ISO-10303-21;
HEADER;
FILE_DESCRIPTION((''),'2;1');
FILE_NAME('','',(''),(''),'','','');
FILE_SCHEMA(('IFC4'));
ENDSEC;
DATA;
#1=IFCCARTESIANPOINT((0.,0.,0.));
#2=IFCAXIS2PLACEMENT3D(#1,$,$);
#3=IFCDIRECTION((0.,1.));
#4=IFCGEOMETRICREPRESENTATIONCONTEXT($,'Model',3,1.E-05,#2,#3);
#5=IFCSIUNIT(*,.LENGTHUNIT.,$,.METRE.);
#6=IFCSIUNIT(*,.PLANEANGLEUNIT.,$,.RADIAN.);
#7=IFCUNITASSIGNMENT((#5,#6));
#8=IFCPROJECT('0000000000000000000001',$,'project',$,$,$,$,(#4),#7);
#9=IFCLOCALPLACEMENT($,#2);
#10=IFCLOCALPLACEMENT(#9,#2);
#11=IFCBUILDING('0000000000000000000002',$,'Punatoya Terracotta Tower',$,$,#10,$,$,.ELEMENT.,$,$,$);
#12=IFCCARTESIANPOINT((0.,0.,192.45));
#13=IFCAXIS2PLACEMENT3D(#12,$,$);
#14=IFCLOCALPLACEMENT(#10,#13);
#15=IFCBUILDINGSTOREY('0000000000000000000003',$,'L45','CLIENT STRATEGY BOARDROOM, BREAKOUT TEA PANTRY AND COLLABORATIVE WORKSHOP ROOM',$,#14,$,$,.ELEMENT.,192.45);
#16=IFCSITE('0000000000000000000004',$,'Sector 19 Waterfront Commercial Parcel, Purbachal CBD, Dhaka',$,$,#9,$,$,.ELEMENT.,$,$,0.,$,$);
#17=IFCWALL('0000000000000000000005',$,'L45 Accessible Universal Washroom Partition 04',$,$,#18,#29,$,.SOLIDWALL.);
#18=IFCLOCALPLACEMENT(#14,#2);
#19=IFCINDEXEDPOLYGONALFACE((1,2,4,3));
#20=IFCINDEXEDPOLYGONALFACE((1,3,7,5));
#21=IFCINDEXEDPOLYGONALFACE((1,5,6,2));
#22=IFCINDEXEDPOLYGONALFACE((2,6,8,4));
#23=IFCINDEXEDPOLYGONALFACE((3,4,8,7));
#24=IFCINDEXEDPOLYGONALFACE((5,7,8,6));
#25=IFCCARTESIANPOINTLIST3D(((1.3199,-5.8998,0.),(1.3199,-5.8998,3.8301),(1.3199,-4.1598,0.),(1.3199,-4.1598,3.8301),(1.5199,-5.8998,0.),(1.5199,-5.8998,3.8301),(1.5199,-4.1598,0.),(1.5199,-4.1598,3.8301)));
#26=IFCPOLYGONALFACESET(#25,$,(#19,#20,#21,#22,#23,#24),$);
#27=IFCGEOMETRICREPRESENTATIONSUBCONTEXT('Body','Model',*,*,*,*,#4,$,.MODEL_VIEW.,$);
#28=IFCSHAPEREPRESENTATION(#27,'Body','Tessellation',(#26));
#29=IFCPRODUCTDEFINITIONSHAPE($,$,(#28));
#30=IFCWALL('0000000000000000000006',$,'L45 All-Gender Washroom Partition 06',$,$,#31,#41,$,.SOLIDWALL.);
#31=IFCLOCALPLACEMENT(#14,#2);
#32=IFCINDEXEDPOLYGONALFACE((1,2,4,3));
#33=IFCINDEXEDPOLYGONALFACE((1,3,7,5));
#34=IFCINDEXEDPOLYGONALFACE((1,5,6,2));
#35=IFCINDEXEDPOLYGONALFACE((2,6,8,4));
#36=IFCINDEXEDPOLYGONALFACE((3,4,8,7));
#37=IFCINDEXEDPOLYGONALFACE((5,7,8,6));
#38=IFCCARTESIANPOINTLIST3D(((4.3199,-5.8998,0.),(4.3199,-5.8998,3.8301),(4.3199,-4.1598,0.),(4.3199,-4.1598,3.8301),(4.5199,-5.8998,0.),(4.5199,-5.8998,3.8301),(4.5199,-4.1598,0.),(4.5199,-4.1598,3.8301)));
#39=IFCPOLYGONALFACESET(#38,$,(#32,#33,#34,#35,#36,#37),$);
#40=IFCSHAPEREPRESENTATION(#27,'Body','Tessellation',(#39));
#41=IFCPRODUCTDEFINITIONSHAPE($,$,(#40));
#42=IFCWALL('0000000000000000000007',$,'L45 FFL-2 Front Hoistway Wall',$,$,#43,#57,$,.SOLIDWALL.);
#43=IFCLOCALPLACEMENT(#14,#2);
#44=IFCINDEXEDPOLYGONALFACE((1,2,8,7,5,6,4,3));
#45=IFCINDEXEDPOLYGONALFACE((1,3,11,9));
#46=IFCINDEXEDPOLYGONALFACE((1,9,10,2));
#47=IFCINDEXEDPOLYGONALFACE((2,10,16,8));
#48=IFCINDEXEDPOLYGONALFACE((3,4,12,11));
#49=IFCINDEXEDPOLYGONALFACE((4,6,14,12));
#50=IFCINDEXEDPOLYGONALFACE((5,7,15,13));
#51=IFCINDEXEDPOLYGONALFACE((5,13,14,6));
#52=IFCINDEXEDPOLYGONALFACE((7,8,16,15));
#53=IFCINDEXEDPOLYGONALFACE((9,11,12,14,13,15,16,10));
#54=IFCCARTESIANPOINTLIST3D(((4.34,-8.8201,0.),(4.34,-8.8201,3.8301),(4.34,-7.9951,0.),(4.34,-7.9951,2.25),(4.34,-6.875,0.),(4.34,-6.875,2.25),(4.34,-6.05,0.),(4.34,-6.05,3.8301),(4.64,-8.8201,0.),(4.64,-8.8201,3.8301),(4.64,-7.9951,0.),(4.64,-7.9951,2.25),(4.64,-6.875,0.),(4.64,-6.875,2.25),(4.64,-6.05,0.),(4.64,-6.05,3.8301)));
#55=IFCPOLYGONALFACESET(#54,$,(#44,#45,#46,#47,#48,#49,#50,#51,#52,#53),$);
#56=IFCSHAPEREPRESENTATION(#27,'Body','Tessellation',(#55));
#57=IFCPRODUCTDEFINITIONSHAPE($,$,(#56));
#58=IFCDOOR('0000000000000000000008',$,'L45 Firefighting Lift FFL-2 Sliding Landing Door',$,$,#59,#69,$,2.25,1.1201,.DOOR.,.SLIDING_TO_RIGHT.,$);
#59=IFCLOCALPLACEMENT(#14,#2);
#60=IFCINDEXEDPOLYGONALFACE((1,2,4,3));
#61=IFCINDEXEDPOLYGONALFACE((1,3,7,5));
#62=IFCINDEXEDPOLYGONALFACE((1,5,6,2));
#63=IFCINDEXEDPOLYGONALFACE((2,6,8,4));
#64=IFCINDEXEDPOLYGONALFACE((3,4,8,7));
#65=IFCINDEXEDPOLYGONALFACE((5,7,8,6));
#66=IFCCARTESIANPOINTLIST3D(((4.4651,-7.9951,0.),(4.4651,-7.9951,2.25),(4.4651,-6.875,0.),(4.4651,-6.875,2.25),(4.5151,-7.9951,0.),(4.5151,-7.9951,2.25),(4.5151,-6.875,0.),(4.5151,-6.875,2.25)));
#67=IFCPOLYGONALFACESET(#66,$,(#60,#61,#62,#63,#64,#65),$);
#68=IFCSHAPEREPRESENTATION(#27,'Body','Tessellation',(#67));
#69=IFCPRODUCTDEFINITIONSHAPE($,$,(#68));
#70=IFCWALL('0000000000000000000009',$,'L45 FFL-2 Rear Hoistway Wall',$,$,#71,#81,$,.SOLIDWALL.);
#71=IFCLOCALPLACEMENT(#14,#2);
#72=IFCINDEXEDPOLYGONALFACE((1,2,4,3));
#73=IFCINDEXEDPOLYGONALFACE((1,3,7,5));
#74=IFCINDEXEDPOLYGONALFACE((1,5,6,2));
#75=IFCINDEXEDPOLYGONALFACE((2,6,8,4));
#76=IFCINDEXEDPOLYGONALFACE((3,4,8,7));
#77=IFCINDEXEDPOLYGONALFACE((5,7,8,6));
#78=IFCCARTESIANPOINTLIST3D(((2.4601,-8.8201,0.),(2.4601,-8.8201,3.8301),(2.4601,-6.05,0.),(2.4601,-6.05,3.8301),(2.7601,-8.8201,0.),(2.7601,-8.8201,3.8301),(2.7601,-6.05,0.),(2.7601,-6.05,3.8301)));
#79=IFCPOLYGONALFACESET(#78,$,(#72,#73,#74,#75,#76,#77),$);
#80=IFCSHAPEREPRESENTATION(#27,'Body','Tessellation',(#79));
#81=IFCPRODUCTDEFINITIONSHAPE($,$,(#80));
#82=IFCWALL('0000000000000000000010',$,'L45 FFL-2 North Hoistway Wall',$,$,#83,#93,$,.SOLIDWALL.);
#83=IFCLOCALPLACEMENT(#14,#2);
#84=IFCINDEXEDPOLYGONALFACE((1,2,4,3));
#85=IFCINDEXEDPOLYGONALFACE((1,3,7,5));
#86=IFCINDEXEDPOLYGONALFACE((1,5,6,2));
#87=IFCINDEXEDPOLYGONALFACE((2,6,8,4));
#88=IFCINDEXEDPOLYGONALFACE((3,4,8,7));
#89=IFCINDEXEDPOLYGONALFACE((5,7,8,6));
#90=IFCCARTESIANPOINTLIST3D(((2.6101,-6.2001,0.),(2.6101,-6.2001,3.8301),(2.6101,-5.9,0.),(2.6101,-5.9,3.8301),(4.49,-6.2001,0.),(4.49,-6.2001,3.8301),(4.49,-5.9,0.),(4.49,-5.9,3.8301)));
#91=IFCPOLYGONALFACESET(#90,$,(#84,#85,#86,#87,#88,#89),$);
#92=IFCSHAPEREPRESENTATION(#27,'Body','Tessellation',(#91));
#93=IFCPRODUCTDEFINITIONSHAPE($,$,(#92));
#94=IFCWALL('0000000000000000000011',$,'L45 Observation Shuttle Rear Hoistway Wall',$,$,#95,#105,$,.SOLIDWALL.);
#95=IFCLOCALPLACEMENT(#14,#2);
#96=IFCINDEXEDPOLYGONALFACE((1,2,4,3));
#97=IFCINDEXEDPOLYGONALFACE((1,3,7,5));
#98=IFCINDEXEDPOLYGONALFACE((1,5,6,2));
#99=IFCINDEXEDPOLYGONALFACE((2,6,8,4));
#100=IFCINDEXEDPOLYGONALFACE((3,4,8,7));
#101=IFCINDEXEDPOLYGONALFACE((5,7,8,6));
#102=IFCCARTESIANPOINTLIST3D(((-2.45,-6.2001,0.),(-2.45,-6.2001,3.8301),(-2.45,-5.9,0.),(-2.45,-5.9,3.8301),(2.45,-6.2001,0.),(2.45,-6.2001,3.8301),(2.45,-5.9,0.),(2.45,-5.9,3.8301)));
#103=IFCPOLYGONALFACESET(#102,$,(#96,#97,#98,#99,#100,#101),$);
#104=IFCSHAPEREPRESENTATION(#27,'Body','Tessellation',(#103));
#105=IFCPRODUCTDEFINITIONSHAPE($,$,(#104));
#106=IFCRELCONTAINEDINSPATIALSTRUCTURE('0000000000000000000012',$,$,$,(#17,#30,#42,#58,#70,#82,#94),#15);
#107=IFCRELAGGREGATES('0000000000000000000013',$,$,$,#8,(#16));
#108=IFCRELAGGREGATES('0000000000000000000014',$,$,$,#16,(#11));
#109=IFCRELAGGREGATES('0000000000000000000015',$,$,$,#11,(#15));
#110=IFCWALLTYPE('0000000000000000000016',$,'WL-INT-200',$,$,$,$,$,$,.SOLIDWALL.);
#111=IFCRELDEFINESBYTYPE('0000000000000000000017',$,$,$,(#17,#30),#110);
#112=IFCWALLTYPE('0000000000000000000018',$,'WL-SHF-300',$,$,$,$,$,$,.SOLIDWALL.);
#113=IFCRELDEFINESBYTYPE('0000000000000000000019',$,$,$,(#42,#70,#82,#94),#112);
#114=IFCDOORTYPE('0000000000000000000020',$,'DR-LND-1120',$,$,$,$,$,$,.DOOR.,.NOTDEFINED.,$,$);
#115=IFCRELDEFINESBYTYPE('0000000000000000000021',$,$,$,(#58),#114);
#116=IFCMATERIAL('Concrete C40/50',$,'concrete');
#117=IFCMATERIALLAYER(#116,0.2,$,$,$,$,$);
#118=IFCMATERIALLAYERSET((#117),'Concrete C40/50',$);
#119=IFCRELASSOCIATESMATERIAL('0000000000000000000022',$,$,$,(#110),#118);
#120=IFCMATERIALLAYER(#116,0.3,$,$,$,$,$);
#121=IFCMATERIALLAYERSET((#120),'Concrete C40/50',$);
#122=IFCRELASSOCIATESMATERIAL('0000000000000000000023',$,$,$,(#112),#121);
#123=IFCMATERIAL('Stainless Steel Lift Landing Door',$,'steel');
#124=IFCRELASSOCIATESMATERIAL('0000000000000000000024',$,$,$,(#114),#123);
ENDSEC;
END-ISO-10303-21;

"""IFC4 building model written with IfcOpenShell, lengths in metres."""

from ifc_helpers import new_model, si_unit, direction, frame, frame_2d, origin, place, context, subcontext, project, spatial, rectangle, extrude, material, layer, layer_set, type_object, element, fill, save


model = new_model("IFC4")

# Units and contexts
model_context = context("Model", 3, precision=1e-05, world=origin(), true_north=direction((0.0, 1.0)))
body_context = subcontext(model_context, "Body", "Model", "MODEL_VIEW")
ifc_project = project(units=[si_unit("LENGTHUNIT", "METRE"), si_unit("PLANEANGLEUNIT", "RADIAN")], contexts=[model_context])

# Site, building, storey
site_placement = place(None, origin())
site = spatial("IfcSite", under=ifc_project, at=site_placement, Name="Sector 19 Waterfront Commercial Parcel, Purbachal CBD, Dhaka", CompositionType="ELEMENT", RefElevation=0.0)
building_placement = place(site_placement, origin())
building = spatial("IfcBuilding", under=site, at=building_placement, Name="Punatoya Terracotta Tower", CompositionType="ELEMENT")
storey_placement = place(building_placement, frame((0.0, 0.0, 192.45)))
storey = spatial("IfcBuildingStorey", under=building, at=storey_placement, Name="L45", Description="CLIENT STRATEGY BOARDROOM, BREAKOUT TEA PANTRY AND COLLABORATIVE WORKSHOP ROOM", CompositionType="ELEMENT", Elevation=192.45)

# Walls
ifc_material_1 = material(Name="Concrete C40/50", Category="concrete")
ifc_layer_1 = layer(ifc_material_1, 0.2)
ifc_layer_set_1 = layer_set([ifc_layer_1], Name="Concrete C40/50")
wall_type_1 = type_object("IfcWallType", Name="WL-INT-200", PredefinedType="SOLIDWALL", material=ifc_layer_set_1)
for number, where, z_axis, x_axis, name in (
    (1, (1.4199, -5.8999, 0.0), (0.0, 0.0, 1.0), (0.0, 1.0, 0.0), "L45 Accessible Universal Washroom Partition 04"),
    (2, (4.4199, -5.8999, 0.0), (0.0, 0.0, 1.0), (0.0, 1.0, 0.0), "L45 All-Gender Washroom Partition 06"),
):
    element("IfcWall", number, at=place(storey_placement, frame(where, z_axis=z_axis, x_axis=x_axis)), inside=storey, type_object=wall_type_1, Name=name, PredefinedType="SOLIDWALL", context=body_context, shape_type="SweptSolid", body=[
        extrude(rectangle(XDim=1.74, YDim=0.2, at=frame_2d((0.8701, 0.0))), origin(), (0.0, 0.0, 1.0), 3.8301),
    ])

# Wall, opening, door
ifc_layer_2 = layer(ifc_material_1, 0.3)
ifc_layer_set_2 = layer_set([ifc_layer_2], Name="Concrete C40/50")
wall_type_2 = type_object("IfcWallType", Name="WL-SHF-300", PredefinedType="SOLIDWALL", material=ifc_layer_set_2)
wall_1_placement = place(storey_placement, frame((4.49, -8.8201, 0.0), z_axis=(0.0, 0.0, 1.0), x_axis=(0.0, 1.0, 0.0)))
wall_1 = element("IfcWall", 3, at=wall_1_placement, inside=storey, type_object=wall_type_2, Name="L45 FFL-2 Front Hoistway Wall", PredefinedType="SOLIDWALL", context=body_context, shape_type="SweptSolid", body=[
    extrude(rectangle(XDim=2.77, YDim=0.3, at=frame_2d((1.385, 0.0))), origin(), (0.0, 0.0, 1.0), 3.8301),
])
opening_1_placement = place(wall_1_placement, frame((0.825, 0.0, 0.0)))
opening_1 = element("IfcOpeningElement", 4, at=opening_1_placement, cuts=wall_1, PredefinedType="OPENING", context=body_context, shape_type="SweptSolid", body=[
    extrude(rectangle(XDim=1.1201, YDim=2.25, at=frame_2d((0.5601, 1.125))), frame((0.0, 0.1599, 0.0), z_axis=(0.0, -1.0, 0.0), x_axis=(1.0, 0.0, 0.0)), (0.0, 0.0, 1.0), 0.3201),
])
ifc_material_2 = material(Name="Stainless Steel Lift Landing Door", Category="steel")
door_type_1 = type_object("IfcDoorType", Name="DR-LND-1120", OperationType="NOTDEFINED", PredefinedType="DOOR", material=ifc_material_2)
door_1_placement = place(opening_1_placement, origin())
door_1 = element("IfcDoor", 5, at=door_1_placement, inside=storey, type_object=door_type_1, Name="L45 Firefighting Lift FFL-2 Sliding Landing Door", OperationType="SLIDING_TO_RIGHT", OverallHeight=2.25, OverallWidth=1.1201, PredefinedType="DOOR", context=body_context, shape_type="SweptSolid", body=[
    extrude(rectangle(XDim=1.1201, YDim=2.25, at=frame_2d((0.5601, 1.125))), frame((0.0, 0.0249, 0.0), z_axis=(0.0, -1.0, 0.0), x_axis=(1.0, 0.0, 0.0)), (0.0, 0.0, 1.0), 0.05),
])
fill(opening_1, door_1)

# Walls
wall_2_placement = place(storey_placement, frame((2.6101, -8.8201, 0.0), z_axis=(0.0, 0.0, 1.0), x_axis=(0.0, 1.0, 0.0)))
element("IfcWall", 6, at=wall_2_placement, inside=storey, type_object=wall_type_2, Name="L45 FFL-2 Rear Hoistway Wall", PredefinedType="SOLIDWALL", context=body_context, shape_type="SweptSolid", body=[
    extrude(rectangle(XDim=2.77, YDim=0.3, at=frame_2d((1.385, 0.0))), origin(), (0.0, 0.0, 1.0), 3.8301),
])
wall_3_placement = place(storey_placement, frame((2.6101, -6.05, 0.0), z_axis=(0.0, 0.0, 1.0), x_axis=(1.0, 0.0, 0.0)))
element("IfcWall", 7, at=wall_3_placement, inside=storey, type_object=wall_type_2, Name="L45 FFL-2 North Hoistway Wall", PredefinedType="SOLIDWALL", context=body_context, shape_type="SweptSolid", body=[
    extrude(rectangle(XDim=1.8799, YDim=0.3, at=frame_2d((0.9399, 0.0))), origin(), (0.0, 0.0, 1.0), 3.8301),
])
wall_4_placement = place(storey_placement, frame((-2.45, -6.05, 0.0), z_axis=(0.0, 0.0, 1.0), x_axis=(1.0, 0.0, 0.0)))
element("IfcWall", 8, at=wall_4_placement, inside=storey, type_object=wall_type_2, Name="L45 Observation Shuttle Rear Hoistway Wall", PredefinedType="SOLIDWALL", context=body_context, shape_type="SweptSolid", body=[
    extrude(rectangle(XDim=4.8999, YDim=0.3, at=frame_2d((2.45, 0.0))), origin(), (0.0, 0.0, 1.0), 3.8301),
])

save(model, "model.ifc")
